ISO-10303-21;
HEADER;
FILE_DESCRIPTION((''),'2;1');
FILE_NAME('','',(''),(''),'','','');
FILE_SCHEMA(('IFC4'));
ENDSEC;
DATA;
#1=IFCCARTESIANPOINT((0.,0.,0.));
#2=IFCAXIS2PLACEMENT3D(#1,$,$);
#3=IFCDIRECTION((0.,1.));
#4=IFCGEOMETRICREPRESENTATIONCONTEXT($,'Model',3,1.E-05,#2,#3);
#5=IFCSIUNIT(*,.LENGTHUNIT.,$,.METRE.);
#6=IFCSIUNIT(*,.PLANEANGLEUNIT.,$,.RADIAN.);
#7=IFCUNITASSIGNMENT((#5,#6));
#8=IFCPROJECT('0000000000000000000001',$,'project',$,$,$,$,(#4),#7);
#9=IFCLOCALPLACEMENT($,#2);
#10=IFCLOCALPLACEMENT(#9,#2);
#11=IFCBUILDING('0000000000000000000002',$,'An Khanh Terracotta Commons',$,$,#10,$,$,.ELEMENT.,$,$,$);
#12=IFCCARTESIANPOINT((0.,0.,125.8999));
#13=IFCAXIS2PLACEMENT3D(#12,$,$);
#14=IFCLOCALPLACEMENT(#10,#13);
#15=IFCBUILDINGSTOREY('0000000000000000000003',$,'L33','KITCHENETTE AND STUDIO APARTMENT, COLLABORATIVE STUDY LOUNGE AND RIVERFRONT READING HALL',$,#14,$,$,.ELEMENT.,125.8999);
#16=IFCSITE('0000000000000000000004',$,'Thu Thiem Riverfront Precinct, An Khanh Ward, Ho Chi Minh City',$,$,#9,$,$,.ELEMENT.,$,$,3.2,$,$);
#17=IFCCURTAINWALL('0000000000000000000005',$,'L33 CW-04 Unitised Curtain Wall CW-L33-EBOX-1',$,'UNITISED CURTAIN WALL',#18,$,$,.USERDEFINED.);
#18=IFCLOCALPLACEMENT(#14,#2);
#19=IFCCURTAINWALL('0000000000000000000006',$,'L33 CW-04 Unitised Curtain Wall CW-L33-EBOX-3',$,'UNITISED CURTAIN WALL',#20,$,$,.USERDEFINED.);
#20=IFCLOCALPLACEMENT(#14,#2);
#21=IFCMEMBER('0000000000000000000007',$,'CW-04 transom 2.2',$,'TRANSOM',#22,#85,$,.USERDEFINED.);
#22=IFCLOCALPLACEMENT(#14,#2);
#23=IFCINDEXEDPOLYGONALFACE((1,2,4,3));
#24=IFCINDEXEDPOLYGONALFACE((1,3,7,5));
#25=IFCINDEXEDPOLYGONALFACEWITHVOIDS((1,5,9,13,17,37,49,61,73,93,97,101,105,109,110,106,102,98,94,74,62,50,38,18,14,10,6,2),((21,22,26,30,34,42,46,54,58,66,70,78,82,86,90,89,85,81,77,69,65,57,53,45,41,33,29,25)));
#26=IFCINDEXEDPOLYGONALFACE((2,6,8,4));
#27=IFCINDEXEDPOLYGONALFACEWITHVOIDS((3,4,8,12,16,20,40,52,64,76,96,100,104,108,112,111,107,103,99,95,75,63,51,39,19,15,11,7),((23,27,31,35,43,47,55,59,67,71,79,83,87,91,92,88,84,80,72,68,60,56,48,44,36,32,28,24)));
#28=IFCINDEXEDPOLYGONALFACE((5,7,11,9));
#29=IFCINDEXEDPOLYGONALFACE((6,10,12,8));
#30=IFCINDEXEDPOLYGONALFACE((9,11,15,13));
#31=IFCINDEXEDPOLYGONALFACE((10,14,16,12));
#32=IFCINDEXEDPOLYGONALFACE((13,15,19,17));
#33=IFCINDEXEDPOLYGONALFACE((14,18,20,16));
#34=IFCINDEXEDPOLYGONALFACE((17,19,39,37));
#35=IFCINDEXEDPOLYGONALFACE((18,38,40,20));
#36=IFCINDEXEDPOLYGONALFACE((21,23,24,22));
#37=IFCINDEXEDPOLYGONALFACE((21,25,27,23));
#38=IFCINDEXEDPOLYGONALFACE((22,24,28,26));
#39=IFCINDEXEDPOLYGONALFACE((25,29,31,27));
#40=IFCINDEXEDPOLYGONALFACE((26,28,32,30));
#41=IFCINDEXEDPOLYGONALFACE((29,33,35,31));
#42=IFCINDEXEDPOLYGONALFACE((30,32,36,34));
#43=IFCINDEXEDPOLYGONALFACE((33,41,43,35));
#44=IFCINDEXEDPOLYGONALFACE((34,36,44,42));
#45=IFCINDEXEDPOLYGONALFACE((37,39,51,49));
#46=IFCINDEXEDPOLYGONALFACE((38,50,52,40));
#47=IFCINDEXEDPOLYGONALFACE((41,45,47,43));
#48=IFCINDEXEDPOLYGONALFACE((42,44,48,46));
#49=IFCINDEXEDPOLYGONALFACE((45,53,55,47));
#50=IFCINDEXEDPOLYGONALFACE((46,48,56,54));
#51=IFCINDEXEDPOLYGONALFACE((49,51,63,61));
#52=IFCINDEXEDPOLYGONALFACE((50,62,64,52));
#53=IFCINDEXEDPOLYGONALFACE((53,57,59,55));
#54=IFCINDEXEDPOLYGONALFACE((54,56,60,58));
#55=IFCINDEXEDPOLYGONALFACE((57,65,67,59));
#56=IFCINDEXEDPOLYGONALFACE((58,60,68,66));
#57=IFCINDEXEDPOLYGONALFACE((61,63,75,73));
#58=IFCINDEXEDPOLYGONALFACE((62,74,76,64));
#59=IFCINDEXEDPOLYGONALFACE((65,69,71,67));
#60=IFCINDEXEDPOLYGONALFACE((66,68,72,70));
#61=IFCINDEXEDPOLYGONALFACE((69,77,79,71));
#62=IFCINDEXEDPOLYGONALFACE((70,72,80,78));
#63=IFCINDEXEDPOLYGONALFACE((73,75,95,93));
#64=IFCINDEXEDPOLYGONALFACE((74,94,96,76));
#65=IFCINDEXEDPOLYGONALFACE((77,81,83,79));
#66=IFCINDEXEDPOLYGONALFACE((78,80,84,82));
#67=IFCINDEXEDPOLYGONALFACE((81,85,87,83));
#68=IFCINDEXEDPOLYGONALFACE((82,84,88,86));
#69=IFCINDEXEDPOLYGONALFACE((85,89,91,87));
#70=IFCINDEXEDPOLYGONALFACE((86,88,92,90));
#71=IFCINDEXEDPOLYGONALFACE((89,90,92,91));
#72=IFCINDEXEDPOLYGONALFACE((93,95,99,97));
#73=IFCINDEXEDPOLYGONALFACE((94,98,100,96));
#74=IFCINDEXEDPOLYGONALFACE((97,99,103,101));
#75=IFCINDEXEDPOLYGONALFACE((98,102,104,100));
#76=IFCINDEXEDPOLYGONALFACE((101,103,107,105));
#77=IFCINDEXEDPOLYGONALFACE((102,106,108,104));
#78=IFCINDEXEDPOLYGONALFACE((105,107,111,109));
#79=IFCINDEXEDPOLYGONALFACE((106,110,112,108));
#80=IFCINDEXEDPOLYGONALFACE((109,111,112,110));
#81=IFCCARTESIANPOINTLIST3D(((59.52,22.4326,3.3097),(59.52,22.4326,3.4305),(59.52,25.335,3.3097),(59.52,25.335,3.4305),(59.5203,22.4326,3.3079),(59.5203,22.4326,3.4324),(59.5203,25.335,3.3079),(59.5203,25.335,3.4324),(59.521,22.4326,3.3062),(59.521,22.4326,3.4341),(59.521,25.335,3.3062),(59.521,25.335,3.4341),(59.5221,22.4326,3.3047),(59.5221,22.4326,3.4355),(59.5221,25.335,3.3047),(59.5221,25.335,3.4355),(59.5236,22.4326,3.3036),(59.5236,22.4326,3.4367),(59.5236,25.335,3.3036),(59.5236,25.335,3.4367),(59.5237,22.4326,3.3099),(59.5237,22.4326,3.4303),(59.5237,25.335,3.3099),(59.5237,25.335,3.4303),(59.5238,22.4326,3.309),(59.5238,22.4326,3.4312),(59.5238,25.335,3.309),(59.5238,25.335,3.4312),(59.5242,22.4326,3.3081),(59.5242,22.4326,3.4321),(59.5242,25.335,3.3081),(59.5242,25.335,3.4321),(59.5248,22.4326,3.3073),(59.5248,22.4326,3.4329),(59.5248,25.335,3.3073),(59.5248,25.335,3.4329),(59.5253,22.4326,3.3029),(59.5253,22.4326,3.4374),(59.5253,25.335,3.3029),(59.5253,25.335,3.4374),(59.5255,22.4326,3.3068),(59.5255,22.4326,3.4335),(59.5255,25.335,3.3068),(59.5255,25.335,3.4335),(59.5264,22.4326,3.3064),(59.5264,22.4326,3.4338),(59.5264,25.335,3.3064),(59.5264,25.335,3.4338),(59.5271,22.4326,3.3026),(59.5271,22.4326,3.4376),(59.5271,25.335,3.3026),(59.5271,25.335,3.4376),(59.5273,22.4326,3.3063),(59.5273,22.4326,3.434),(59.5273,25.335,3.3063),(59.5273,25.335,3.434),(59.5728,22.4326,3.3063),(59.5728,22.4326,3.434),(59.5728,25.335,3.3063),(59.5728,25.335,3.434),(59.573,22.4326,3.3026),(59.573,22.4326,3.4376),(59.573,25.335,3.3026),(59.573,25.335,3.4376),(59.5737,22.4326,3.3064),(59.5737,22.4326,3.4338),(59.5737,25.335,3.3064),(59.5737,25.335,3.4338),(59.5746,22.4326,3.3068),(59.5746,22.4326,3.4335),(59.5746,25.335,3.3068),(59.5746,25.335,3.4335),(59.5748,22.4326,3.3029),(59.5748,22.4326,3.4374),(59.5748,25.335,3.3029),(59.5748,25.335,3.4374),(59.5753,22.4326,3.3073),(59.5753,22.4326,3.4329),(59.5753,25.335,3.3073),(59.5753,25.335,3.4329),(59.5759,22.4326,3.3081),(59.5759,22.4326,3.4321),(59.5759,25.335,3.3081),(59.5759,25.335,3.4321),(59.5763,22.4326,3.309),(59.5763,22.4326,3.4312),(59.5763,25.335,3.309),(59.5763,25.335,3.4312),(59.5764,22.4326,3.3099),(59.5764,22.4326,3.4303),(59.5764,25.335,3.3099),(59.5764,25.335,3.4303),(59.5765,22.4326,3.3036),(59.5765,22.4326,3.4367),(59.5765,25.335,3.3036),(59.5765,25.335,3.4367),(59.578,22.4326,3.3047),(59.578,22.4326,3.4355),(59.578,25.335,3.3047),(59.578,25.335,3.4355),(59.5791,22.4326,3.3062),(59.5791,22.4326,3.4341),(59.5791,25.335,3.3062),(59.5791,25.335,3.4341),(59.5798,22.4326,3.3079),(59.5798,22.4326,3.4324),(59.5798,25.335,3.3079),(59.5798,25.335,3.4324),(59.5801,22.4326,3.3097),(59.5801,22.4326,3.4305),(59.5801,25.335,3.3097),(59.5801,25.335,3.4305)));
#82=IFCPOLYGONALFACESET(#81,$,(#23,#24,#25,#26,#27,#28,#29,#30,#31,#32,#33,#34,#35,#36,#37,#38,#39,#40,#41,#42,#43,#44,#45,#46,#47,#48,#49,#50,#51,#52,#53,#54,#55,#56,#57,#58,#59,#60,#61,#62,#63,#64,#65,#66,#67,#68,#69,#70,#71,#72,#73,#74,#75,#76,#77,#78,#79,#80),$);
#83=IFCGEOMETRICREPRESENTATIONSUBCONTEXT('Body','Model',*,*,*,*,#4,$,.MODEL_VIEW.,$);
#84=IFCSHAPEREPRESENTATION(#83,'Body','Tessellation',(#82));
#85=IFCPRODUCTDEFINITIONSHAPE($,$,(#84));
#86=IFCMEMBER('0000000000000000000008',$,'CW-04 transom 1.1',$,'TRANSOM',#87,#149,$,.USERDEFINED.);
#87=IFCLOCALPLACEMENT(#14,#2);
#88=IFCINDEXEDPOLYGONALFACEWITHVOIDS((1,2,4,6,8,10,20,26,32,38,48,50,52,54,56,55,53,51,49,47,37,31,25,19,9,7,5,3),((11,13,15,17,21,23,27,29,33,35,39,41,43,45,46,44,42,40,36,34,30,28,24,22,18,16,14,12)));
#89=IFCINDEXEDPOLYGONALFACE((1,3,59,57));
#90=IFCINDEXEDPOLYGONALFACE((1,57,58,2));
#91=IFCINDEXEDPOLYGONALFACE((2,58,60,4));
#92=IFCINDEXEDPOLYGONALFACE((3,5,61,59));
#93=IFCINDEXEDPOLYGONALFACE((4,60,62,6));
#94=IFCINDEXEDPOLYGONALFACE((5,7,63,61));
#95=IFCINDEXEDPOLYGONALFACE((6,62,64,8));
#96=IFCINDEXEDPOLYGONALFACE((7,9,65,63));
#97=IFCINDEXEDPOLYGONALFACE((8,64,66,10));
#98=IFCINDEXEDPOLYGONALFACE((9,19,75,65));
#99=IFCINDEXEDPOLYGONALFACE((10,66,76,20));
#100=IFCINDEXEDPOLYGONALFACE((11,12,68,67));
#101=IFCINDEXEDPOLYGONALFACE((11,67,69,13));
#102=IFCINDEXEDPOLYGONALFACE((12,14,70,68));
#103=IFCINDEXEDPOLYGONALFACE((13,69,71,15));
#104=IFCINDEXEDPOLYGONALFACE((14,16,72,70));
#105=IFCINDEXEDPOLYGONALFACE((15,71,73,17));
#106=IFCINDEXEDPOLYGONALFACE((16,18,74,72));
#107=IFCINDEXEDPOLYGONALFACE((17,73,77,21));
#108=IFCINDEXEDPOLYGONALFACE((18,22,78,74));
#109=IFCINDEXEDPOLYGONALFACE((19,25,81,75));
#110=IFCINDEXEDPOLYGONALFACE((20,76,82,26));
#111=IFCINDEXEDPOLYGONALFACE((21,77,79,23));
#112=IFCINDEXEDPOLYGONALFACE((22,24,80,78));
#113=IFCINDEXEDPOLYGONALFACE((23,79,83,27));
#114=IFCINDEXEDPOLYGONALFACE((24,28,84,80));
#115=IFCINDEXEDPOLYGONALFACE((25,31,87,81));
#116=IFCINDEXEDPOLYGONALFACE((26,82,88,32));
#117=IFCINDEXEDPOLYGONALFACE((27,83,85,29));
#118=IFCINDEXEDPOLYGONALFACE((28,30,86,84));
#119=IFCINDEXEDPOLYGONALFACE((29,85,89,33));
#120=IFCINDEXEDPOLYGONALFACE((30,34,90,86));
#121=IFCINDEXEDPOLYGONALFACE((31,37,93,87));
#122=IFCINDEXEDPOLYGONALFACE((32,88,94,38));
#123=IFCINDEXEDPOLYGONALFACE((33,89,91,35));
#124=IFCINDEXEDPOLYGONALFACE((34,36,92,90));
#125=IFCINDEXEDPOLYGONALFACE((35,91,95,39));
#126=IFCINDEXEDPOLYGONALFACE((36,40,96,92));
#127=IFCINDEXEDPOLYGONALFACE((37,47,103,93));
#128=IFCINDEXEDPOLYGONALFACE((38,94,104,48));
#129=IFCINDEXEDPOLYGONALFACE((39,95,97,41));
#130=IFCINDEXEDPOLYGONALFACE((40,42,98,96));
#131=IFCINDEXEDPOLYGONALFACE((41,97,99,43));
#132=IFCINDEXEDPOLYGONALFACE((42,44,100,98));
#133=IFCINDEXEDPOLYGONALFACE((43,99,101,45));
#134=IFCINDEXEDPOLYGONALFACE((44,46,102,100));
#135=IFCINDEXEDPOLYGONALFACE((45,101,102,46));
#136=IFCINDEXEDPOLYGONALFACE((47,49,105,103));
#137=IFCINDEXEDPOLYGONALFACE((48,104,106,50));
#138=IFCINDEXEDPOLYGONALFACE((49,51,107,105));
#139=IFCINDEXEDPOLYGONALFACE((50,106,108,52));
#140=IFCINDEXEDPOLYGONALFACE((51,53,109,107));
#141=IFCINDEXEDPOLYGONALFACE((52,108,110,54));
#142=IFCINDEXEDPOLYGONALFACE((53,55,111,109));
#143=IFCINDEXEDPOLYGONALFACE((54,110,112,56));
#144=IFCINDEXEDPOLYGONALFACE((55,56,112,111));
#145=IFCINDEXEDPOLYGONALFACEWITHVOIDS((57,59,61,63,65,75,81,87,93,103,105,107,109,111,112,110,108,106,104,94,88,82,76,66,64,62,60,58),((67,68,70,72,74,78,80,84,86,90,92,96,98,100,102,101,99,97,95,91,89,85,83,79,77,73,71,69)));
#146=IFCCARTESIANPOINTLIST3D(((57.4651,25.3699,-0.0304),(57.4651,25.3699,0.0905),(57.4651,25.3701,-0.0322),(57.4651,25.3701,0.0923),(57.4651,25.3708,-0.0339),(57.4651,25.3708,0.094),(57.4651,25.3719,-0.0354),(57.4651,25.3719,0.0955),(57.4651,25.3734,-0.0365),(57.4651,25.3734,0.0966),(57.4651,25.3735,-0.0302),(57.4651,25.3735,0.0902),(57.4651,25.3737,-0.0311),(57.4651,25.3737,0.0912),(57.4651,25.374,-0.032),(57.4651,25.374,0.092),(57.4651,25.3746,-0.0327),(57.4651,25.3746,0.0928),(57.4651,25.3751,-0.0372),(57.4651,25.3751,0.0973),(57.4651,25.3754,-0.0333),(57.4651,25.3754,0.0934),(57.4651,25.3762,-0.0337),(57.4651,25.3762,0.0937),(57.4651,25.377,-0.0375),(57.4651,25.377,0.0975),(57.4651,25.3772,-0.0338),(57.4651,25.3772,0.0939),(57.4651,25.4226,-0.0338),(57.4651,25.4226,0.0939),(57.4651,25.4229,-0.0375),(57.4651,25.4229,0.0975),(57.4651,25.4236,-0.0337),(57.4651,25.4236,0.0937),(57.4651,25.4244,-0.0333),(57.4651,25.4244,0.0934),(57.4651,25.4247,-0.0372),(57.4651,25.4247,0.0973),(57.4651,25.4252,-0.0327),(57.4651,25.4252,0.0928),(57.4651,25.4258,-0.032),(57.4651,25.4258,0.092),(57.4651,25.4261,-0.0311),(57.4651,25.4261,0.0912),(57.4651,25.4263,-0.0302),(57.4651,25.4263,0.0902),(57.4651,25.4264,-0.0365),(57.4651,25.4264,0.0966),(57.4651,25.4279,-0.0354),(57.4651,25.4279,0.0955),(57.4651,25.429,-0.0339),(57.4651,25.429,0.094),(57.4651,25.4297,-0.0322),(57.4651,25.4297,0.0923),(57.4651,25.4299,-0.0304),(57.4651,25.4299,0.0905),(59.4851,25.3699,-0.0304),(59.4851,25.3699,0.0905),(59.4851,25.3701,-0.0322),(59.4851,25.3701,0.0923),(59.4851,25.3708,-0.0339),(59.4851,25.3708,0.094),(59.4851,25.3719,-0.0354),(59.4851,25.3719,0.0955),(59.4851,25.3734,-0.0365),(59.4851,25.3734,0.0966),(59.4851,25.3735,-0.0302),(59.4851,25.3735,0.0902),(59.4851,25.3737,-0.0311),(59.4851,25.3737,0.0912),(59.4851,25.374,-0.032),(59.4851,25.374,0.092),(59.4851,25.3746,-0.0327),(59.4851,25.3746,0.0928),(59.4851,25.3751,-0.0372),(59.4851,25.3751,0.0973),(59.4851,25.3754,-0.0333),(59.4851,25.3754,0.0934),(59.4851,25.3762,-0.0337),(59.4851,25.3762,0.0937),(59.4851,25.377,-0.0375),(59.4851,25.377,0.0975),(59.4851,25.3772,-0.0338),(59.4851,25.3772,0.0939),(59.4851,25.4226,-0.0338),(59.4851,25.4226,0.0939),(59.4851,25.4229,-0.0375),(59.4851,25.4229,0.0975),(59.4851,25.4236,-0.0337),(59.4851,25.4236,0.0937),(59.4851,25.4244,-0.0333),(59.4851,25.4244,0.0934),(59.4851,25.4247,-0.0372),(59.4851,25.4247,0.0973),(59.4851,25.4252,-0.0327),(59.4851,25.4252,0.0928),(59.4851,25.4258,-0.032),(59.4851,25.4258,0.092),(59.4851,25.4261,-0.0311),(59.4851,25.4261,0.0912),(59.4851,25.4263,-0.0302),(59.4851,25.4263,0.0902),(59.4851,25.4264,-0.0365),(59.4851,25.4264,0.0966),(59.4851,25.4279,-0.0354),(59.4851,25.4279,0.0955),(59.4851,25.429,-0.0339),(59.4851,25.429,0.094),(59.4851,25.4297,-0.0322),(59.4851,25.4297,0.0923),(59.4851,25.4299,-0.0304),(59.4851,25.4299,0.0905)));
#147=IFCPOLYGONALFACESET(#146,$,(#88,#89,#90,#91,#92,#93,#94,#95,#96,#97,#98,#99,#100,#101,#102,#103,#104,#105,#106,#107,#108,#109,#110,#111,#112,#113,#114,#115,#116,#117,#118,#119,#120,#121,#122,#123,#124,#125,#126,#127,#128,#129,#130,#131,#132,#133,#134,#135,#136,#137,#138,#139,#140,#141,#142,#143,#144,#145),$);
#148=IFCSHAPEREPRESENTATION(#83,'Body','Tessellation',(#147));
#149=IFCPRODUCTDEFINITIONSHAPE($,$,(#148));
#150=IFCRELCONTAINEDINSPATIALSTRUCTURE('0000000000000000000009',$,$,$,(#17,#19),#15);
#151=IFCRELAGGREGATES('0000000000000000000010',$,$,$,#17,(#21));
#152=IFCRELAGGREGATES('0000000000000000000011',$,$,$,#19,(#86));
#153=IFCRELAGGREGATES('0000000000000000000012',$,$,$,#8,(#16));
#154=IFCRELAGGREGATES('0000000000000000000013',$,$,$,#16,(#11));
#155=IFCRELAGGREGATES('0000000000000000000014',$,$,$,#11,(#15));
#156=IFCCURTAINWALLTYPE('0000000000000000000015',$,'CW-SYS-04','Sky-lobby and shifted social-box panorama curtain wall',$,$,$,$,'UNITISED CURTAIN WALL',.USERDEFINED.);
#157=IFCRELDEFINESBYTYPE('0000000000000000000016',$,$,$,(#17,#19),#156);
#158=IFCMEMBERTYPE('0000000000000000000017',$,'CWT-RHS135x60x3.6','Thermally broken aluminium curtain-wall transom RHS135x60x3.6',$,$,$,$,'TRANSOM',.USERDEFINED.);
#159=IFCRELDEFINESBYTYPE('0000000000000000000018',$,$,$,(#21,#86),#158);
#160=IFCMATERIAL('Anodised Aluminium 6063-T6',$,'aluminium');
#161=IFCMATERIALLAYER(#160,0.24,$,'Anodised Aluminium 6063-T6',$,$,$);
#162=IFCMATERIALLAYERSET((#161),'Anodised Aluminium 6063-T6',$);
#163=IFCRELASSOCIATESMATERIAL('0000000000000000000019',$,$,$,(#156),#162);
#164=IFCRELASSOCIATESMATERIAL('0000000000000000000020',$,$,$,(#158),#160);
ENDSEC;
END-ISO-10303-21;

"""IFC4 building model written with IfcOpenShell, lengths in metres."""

from ifc_helpers import new_model, si_unit, direction, frame, origin, origin_2d, place, context, subcontext, project, spatial, hollow_rectangle, extrude, material, layer, layer_set, material_profile, profile_set, type_object, element, aggregate, save


model = new_model("IFC4")

# Units and contexts
model_context = context("Model", 3, precision=1e-05, world=origin(), true_north=direction((0.0, 1.0)))
body_context = subcontext(model_context, "Body", "Model", "MODEL_VIEW")
ifc_project = project(units=[si_unit("LENGTHUNIT", "METRE"), si_unit("PLANEANGLEUNIT", "RADIAN")], contexts=[model_context])

# Site, building, storey
site_placement = place(None, origin())
site = spatial("IfcSite", under=ifc_project, at=site_placement, Name="Thu Thiem Riverfront Precinct, An Khanh Ward, Ho Chi Minh City", CompositionType="ELEMENT", RefElevation=3.2)
building_placement = place(site_placement, origin())
building = spatial("IfcBuilding", under=site, at=building_placement, Name="An Khanh Terracotta Commons", CompositionType="ELEMENT")
storey_placement = place(building_placement, frame((0.0, 0.0, 125.8999)))
storey = spatial("IfcBuildingStorey", under=building, at=storey_placement, Name="L33", Description="KITCHENETTE AND STUDIO APARTMENT, COLLABORATIVE STUDY LOUNGE AND RIVERFRONT READING HALL", CompositionType="ELEMENT", Elevation=125.8999)

# Curtain wall
ifc_material_1 = material(Name="Anodised Aluminium 6063-T6", Category="aluminium")
ifc_layer_1 = layer(ifc_material_1, 0.24, Name="Anodised Aluminium 6063-T6")
ifc_layer_set_1 = layer_set([ifc_layer_1], Name="Anodised Aluminium 6063-T6")
curtain_wall_type_1 = type_object("IfcCurtainWallType", Name="CW-SYS-04", Description="Sky-lobby and shifted social-box panorama curtain wall", ElementType="UNITISED CURTAIN WALL", PredefinedType="USERDEFINED", material=ifc_layer_set_1)
curtain_wall_1_placement = place(storey_placement, origin())
curtain_wall_1 = element("IfcCurtainWall", 1, at=curtain_wall_1_placement, inside=storey, type_object=curtain_wall_type_1, Name="L33 CW-04 Unitised Curtain Wall CW-L33-EBOX-1", ObjectType="UNITISED CURTAIN WALL", PredefinedType="USERDEFINED")

# Curtain wall
curtain_wall_2_placement = place(storey_placement, origin())
curtain_wall_2 = element("IfcCurtainWall", 2, at=curtain_wall_2_placement, inside=storey, type_object=curtain_wall_type_1, Name="L33 CW-04 Unitised Curtain Wall CW-L33-EBOX-3", ObjectType="UNITISED CURTAIN WALL", PredefinedType="USERDEFINED")

# Members
ifc_material_profile_1 = material_profile(ifc_material_1, hollow_rectangle(XDim=0.0601, YDim=0.135, WallThickness=0.0037, InnerFilletRadius=0.0037, OuterFilletRadius=0.0071, at=origin_2d()), Name="RHS135x60x3.6")
ifc_profile_set_1 = profile_set([ifc_material_profile_1], Name="Anodised Aluminium 6063-T6")
member_type_1 = type_object("IfcMemberType", Name="CWT-RHS135x60x3.6", Description="Thermally broken aluminium curtain-wall transom RHS135x60x3.6", ElementType="TRANSOM", PredefinedType="USERDEFINED", material=ifc_profile_set_1)
member_1_placement = place(storey_placement, frame((59.55, 22.4326, 3.3701), z_axis=(0.0, 1.0, 0.0), x_axis=(-1.0, 0.0, 0.0)))
member_1 = element("IfcMember", 3, at=member_1_placement, type_object=member_type_1, Name="CW-04 transom 2.2", ObjectType="TRANSOM", PredefinedType="USERDEFINED", context=body_context, shape_type="SweptSolid", body=[
    extrude(hollow_rectangle(XDim=0.0601, YDim=0.135, WallThickness=0.0037, InnerFilletRadius=0.0037, OuterFilletRadius=0.0071, at=origin_2d()), origin(), (0.0, 0.0, 1.0), 2.9023),
])
member_2_placement = place(storey_placement, frame((59.4851, 25.3999, 0.03), z_axis=(-1.0, 0.0, 0.0), x_axis=(0.0, -1.0, 0.0)))
member_2 = element("IfcMember", 4, at=member_2_placement, type_object=member_type_1, Name="CW-04 transom 1.1", ObjectType="TRANSOM", PredefinedType="USERDEFINED", context=body_context, shape_type="SweptSolid", body=[
    extrude(hollow_rectangle(XDim=0.0601, YDim=0.135, WallThickness=0.0037, InnerFilletRadius=0.0037, OuterFilletRadius=0.0071, at=origin_2d()), origin(), (0.0, 0.0, 1.0), 2.02),
])

aggregate(curtain_wall_1, [member_1])
aggregate(curtain_wall_2, [member_2])

save(model, "model.ifc")
